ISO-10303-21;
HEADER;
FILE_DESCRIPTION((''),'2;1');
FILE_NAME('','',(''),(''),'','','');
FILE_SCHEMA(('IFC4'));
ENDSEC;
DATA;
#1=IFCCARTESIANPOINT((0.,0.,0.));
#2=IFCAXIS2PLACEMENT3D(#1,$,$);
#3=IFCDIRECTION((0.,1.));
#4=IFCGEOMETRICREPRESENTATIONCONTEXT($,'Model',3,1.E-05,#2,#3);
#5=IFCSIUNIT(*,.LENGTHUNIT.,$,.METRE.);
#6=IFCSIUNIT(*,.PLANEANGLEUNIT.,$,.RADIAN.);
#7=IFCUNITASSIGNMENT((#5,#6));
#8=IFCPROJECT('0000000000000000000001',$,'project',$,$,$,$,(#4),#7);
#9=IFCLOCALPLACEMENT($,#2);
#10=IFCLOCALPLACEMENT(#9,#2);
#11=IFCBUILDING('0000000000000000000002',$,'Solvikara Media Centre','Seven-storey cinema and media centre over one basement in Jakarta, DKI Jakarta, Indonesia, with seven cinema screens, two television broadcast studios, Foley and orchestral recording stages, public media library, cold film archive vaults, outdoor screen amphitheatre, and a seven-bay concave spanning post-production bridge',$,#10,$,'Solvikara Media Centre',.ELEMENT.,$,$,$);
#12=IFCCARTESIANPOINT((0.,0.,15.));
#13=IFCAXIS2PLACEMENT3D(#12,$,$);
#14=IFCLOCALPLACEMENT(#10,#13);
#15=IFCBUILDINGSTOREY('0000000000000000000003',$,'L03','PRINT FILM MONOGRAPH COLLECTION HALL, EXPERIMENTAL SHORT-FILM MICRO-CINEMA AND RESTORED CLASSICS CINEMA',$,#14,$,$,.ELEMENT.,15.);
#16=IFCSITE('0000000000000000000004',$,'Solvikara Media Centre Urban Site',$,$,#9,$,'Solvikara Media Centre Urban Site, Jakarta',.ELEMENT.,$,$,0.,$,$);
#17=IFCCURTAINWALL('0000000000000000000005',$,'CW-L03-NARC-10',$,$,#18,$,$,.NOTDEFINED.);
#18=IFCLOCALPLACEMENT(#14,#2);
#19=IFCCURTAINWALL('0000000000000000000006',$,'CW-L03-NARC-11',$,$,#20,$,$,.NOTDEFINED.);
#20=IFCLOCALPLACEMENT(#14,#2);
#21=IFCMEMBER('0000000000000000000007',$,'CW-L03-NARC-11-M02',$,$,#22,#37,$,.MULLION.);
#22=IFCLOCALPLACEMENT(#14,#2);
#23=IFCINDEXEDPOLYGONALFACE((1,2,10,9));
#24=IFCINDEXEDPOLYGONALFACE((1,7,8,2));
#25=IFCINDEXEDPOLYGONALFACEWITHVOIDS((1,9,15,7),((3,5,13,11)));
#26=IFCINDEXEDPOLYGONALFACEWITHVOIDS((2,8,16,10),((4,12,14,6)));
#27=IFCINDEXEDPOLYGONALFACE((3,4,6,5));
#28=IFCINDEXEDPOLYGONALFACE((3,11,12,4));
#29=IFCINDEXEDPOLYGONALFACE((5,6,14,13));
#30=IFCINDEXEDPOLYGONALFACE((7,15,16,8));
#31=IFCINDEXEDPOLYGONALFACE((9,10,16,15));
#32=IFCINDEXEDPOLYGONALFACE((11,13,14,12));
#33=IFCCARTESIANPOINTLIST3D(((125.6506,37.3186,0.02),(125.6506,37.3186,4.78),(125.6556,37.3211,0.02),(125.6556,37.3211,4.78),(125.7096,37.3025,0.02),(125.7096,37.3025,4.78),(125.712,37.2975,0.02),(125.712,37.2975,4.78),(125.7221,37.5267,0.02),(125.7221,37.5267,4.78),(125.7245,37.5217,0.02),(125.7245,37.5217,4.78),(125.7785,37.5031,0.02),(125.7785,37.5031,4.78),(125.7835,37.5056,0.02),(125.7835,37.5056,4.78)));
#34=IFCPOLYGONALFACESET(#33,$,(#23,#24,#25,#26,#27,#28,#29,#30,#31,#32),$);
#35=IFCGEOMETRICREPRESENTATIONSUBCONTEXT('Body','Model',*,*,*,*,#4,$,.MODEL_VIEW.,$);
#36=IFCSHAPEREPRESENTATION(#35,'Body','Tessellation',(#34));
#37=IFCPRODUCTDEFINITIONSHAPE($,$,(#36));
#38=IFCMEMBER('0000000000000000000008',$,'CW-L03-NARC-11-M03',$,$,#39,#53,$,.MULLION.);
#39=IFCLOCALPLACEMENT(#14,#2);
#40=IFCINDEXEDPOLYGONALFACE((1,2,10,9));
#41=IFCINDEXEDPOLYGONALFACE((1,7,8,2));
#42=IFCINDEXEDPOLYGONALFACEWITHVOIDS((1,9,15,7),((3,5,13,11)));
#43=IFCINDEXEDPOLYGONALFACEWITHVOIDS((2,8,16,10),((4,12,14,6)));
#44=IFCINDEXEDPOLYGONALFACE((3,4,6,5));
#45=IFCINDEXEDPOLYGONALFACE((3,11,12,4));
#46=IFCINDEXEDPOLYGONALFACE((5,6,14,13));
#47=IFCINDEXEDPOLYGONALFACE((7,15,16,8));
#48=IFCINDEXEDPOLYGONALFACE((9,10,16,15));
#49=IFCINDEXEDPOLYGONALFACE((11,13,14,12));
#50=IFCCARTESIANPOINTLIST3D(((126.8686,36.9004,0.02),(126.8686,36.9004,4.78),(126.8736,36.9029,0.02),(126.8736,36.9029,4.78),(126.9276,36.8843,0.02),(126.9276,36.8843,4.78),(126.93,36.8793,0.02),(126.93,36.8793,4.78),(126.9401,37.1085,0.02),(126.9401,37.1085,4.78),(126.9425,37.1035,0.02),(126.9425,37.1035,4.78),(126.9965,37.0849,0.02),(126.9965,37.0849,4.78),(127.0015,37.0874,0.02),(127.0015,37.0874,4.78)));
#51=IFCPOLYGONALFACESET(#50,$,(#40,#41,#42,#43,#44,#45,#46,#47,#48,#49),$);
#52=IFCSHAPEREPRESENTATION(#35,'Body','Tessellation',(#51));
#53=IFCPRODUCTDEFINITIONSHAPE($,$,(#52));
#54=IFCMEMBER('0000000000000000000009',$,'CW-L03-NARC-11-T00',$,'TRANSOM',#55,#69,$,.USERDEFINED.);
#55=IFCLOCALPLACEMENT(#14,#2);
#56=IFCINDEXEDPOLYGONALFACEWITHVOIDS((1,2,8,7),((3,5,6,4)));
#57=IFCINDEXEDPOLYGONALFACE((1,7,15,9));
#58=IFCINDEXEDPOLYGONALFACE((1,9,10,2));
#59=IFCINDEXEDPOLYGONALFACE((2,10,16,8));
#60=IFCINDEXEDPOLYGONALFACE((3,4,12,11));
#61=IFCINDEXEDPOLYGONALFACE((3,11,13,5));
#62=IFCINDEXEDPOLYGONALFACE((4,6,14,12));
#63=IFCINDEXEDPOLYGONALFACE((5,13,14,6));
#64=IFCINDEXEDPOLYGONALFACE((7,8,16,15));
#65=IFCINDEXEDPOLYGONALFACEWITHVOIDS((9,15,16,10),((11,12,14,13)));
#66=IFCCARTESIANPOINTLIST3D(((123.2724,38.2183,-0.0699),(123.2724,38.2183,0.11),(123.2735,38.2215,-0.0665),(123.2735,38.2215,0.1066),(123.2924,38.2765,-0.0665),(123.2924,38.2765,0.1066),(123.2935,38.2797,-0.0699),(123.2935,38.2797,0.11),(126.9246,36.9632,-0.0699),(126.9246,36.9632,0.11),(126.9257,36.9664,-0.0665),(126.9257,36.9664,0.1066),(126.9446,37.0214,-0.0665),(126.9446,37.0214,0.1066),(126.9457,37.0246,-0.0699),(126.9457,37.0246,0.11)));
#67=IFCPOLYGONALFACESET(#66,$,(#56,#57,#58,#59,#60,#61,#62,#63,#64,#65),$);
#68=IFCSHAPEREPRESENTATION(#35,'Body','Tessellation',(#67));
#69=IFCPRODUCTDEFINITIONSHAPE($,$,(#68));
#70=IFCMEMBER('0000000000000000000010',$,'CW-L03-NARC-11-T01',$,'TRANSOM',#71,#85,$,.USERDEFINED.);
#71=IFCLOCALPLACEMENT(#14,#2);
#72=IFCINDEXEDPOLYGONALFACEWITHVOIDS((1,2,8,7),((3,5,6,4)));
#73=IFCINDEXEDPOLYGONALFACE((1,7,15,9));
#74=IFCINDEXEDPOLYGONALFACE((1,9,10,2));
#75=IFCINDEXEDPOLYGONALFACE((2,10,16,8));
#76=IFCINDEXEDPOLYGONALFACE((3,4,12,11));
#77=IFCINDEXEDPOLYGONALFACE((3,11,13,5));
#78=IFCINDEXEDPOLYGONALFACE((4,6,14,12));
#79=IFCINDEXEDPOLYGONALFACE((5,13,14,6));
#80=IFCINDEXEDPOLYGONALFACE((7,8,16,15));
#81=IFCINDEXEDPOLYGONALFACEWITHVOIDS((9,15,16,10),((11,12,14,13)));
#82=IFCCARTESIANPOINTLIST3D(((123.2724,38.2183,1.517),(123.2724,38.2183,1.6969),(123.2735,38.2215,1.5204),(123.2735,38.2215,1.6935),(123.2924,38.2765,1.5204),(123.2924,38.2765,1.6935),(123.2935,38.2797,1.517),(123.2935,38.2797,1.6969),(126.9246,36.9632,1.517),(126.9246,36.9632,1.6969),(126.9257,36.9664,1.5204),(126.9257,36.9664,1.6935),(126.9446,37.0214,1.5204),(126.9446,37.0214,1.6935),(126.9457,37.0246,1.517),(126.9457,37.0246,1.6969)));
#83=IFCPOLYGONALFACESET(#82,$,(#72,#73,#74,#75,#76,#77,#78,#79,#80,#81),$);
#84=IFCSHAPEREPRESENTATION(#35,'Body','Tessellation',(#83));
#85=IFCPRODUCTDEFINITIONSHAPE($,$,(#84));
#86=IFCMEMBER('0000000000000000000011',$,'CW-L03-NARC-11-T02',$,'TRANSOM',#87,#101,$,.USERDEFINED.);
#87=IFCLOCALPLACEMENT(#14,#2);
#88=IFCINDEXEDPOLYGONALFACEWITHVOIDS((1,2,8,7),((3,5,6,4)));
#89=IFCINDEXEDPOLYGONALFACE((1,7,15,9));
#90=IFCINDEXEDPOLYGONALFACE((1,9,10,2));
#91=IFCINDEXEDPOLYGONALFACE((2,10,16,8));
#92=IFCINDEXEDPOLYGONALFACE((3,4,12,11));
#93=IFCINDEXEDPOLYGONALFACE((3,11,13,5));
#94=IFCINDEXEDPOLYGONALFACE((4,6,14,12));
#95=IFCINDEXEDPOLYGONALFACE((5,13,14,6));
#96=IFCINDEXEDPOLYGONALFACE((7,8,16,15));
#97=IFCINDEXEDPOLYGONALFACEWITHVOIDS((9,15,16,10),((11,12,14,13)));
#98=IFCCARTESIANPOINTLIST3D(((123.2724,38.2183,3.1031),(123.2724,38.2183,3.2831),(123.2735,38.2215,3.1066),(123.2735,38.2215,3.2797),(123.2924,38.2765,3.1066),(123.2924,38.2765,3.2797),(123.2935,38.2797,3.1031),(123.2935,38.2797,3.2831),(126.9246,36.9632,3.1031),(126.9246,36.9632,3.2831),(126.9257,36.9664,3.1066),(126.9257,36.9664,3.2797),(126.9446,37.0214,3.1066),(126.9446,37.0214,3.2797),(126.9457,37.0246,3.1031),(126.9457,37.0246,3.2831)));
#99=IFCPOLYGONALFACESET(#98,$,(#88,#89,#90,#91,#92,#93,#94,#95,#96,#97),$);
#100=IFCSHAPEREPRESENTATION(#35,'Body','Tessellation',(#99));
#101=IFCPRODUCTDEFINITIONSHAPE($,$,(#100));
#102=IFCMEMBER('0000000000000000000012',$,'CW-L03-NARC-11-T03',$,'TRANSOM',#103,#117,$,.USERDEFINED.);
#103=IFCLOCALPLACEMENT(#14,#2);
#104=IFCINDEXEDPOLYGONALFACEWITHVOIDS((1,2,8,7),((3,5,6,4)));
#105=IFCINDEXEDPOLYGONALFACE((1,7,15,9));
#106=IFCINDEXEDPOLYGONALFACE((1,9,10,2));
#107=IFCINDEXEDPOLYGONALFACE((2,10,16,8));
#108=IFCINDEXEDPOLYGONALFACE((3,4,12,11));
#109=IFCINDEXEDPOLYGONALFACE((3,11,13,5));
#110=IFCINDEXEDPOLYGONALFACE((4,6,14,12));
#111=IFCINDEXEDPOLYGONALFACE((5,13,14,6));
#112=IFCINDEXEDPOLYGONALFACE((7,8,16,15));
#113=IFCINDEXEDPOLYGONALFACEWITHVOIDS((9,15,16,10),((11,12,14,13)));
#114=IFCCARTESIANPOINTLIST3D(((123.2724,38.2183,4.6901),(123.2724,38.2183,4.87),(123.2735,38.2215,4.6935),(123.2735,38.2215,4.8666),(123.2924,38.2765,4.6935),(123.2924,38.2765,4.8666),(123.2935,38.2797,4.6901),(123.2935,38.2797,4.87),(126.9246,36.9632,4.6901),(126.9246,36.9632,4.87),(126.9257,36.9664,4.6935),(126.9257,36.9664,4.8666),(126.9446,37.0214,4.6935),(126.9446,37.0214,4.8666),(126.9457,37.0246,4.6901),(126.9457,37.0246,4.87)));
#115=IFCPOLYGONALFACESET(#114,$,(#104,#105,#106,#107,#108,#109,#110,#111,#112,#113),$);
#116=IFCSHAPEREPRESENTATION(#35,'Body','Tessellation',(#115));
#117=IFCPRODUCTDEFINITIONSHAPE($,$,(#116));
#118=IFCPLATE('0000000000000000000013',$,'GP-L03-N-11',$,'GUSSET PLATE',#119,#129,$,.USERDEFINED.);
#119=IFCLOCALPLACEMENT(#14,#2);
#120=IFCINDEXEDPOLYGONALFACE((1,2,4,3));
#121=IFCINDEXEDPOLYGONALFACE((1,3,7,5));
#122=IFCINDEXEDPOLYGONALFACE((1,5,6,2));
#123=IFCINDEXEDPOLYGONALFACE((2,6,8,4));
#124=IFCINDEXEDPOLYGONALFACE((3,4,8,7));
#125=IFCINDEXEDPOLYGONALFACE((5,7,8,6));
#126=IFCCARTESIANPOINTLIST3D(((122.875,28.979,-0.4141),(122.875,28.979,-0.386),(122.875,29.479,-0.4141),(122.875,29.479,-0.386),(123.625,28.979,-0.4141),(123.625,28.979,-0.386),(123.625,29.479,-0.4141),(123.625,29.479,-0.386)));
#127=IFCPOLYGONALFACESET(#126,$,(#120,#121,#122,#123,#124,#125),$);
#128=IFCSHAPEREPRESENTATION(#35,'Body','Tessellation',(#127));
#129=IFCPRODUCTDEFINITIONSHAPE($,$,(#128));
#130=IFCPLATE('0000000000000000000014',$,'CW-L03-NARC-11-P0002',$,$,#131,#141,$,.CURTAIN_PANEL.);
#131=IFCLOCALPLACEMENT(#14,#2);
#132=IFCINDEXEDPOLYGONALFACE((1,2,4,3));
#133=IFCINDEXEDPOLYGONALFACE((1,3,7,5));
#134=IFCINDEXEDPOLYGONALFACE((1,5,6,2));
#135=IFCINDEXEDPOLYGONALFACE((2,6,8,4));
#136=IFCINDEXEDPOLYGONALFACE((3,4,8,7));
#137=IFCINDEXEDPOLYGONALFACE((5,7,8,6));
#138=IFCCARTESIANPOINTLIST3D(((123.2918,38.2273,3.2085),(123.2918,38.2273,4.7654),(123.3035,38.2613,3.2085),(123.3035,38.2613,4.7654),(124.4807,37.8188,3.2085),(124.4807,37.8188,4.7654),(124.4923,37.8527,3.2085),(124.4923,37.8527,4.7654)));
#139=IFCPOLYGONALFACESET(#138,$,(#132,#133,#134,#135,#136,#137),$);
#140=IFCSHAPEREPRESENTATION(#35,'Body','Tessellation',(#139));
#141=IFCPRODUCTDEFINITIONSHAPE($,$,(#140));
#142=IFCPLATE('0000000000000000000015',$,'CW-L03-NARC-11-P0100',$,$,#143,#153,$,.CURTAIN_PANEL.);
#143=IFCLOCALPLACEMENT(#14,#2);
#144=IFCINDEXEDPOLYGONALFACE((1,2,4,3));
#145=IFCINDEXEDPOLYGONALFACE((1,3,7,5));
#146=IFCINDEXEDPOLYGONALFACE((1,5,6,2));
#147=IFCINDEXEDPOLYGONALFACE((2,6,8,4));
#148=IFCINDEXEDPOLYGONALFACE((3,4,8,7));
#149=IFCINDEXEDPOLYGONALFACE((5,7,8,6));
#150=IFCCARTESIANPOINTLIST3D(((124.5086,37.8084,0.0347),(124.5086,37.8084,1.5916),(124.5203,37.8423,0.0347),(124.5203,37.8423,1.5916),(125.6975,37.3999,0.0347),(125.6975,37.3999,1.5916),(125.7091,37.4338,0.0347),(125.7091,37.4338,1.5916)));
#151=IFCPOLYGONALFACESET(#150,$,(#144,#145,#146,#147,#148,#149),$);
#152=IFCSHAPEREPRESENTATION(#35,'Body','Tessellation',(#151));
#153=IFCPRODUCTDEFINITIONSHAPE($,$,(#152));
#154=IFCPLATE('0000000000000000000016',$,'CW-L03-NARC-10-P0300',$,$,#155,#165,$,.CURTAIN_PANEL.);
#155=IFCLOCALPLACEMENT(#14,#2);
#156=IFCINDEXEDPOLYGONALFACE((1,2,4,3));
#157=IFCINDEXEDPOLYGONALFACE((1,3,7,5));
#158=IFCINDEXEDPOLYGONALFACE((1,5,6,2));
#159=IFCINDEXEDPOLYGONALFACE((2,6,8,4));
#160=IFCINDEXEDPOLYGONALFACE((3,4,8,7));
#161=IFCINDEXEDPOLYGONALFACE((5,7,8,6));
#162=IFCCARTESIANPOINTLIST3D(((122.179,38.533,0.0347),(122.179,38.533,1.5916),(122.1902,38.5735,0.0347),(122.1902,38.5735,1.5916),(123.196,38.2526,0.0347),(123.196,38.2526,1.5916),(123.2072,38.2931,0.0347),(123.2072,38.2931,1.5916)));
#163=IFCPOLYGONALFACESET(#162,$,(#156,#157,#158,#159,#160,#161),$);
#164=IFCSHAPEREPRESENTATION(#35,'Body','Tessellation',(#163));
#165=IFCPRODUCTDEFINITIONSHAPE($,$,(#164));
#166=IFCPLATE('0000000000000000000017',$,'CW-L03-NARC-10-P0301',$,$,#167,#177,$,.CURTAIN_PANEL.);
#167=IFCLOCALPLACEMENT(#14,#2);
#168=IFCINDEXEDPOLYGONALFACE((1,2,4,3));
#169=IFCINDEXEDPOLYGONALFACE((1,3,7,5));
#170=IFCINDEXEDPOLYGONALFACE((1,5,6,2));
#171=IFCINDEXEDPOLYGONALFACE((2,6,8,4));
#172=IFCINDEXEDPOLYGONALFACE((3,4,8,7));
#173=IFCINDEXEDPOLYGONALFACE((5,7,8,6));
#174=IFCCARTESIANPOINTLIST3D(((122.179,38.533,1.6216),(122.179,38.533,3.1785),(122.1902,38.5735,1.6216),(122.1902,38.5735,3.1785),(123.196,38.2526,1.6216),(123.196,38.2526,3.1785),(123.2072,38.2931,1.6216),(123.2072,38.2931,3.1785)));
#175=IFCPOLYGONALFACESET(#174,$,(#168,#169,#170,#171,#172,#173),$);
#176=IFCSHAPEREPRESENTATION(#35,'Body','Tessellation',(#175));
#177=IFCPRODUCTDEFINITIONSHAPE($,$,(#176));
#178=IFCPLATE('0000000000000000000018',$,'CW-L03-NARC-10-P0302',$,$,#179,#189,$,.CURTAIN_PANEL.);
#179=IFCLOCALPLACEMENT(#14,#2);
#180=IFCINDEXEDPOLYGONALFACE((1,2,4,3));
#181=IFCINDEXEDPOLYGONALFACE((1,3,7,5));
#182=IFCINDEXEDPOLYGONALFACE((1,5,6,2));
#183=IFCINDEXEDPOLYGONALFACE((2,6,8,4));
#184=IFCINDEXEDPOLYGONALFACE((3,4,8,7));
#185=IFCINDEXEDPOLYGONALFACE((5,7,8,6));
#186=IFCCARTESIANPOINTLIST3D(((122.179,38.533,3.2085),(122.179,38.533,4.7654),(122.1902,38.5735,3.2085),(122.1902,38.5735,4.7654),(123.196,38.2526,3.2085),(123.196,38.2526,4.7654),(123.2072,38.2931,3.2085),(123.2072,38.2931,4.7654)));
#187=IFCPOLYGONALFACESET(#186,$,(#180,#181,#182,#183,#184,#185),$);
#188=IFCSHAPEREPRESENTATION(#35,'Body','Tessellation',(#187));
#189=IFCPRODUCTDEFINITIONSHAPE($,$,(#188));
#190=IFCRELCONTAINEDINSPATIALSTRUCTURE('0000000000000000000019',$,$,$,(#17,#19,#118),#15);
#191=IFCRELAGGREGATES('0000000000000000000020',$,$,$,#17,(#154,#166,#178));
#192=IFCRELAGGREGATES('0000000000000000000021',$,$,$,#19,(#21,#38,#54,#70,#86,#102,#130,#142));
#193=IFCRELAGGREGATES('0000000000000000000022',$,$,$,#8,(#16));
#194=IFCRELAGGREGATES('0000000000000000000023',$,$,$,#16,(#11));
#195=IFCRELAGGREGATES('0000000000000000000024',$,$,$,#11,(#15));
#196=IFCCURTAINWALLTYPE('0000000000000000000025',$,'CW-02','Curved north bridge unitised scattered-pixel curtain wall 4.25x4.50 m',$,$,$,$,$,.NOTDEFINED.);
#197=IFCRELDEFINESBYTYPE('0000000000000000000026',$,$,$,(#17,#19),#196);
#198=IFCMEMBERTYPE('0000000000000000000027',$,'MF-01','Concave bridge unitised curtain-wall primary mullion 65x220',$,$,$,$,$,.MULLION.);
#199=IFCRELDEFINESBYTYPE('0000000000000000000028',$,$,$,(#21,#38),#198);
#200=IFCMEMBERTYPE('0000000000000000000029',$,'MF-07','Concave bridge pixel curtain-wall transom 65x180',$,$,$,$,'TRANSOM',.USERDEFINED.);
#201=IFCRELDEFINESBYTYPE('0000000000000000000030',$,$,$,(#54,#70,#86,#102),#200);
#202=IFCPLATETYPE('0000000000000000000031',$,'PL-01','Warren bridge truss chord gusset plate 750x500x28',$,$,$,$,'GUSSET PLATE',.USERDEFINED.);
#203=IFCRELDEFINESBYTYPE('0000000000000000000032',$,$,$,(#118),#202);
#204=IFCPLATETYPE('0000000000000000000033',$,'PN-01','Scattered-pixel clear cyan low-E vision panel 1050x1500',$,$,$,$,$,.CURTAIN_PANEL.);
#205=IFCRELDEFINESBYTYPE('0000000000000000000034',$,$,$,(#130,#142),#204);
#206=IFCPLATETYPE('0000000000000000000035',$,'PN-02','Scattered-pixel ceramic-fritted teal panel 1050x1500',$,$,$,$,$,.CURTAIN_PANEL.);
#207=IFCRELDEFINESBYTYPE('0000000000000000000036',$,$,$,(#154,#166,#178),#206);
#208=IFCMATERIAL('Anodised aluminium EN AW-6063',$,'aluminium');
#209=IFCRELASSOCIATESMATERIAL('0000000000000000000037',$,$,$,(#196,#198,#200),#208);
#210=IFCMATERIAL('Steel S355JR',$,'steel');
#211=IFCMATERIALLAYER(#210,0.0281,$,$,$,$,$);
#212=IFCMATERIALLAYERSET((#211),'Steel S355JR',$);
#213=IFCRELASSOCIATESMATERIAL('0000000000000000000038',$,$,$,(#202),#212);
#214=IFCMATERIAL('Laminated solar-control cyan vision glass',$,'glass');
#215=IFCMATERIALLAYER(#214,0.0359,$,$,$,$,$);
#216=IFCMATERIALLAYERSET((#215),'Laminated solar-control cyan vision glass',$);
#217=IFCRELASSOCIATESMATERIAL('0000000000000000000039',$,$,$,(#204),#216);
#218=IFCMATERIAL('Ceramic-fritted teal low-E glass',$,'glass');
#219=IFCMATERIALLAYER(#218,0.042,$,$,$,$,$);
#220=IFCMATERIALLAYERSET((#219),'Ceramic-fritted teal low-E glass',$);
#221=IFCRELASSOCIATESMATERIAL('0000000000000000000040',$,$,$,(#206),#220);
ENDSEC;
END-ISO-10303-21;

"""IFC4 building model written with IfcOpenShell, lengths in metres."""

from ifc_helpers import new_model, si_unit, direction, frame, origin, origin_2d, place, context, subcontext, project, spatial, rectangle, hollow_rectangle, extrude, material, layer, layer_set, material_profile, profile_set, type_object, element, aggregate, save


model = new_model("IFC4")

# Units and contexts
model_context = context("Model", 3, precision=1e-05, world=origin(), true_north=direction((0.0, 1.0)))
body_context = subcontext(model_context, "Body", "Model", "MODEL_VIEW")
ifc_project = project(units=[si_unit("LENGTHUNIT", "METRE"), si_unit("PLANEANGLEUNIT", "RADIAN")], contexts=[model_context])

# Site, building, storey
site_placement = place(None, origin())
site = spatial("IfcSite", under=ifc_project, at=site_placement, Name="Solvikara Media Centre Urban Site", LongName="Solvikara Media Centre Urban Site, Jakarta", CompositionType="ELEMENT", RefElevation=0.0)
building_placement = place(site_placement, origin())
building = spatial("IfcBuilding", under=site, at=building_placement, Name="Solvikara Media Centre", Description="Seven-storey cinema and media centre over one basement in Jakarta, DKI Jakarta, Indonesia, with seven cinema screens, two television broadcast studios, Foley and orchestral recording stages, public media library, cold film archive vaults, outdoor screen amphitheatre, and a seven-bay concave spanning post-production bridge", LongName="Solvikara Media Centre", CompositionType="ELEMENT")
storey_placement = place(building_placement, frame((0.0, 0.0, 15.0)))
storey = spatial("IfcBuildingStorey", under=building, at=storey_placement, Name="L03", Description="PRINT FILM MONOGRAPH COLLECTION HALL, EXPERIMENTAL SHORT-FILM MICRO-CINEMA AND RESTORED CLASSICS CINEMA", CompositionType="ELEMENT", Elevation=15.0)

# Shared definitions
ifc_material_1 = material(Name="Steel S355JR", Category="steel")

# Curtain walls, members
ifc_material_2 = material(Name="Anodised aluminium EN AW-6063", Category="aluminium")
curtain_wall_type = type_object("IfcCurtainWallType", Name="CW-02", Description="Curved north bridge unitised scattered-pixel curtain wall 4.25x4.50 m", PredefinedType="NOTDEFINED", material=ifc_material_2)
curtain_wall_1_placement = place(storey_placement, origin())
curtain_wall_1 = element("IfcCurtainWall", 1, at=curtain_wall_1_placement, inside=storey, type_object=curtain_wall_type, Name="CW-L03-NARC-10", PredefinedType="NOTDEFINED")
ifc_material_profile_1 = material_profile(ifc_material_2, hollow_rectangle(XDim=0.0649, YDim=0.22, WallThickness=0.0039, at=origin_2d()), Name="ALU-M 65x220x4")
ifc_profile_set_1 = profile_set([ifc_material_profile_1], Name="Anodised aluminium EN AW-6063")
member_type_1 = type_object("IfcMemberType", Name="MF-01", Description="Concave bridge unitised curtain-wall primary mullion 65x220", PredefinedType="MULLION", material=ifc_profile_set_1)
curtain_wall_2_placement = place(storey_placement, origin())
curtain_wall_2 = element("IfcCurtainWall", 2, at=curtain_wall_2_placement, inside=storey, type_object=curtain_wall_type, Name="CW-L03-NARC-11", PredefinedType="NOTDEFINED")
member_1_placement = place(storey_placement, frame((125.717, 37.4121, 0.02), z_axis=(0.0, 0.0, 1.0), x_axis=(0.945717, -0.324991, 0.0)))
member_1 = element("IfcMember", 3, at=member_1_placement, type_object=member_type_1, Name="CW-L03-NARC-11-M02", PredefinedType="MULLION", context=body_context, shape_type="SweptSolid", body=[
    extrude(hollow_rectangle(XDim=0.0649, YDim=0.22, WallThickness=0.0039, at=origin_2d()), origin(), (0.0, 0.0, 1.0), 4.76),
])
member_2_placement = place(storey_placement, frame((126.9351, 36.9939, 0.02), z_axis=(0.0, 0.0, 1.0), x_axis=(0.945717, -0.324991, 0.0)))
member_2 = element("IfcMember", 4, at=member_2_placement, type_object=member_type_1, Name="CW-L03-NARC-11-M03", PredefinedType="MULLION", context=body_context, shape_type="SweptSolid", body=[
    extrude(hollow_rectangle(XDim=0.0649, YDim=0.22, WallThickness=0.0039, at=origin_2d()), origin(), (0.0, 0.0, 1.0), 4.76),
])
ifc_material_profile_2 = material_profile(ifc_material_2, hollow_rectangle(XDim=0.0649, YDim=0.1799, WallThickness=0.0034, at=origin_2d()), Name="ALU-T 65x180x3.5")
ifc_profile_set_2 = profile_set([ifc_material_profile_2], Name="Anodised aluminium EN AW-6063")
member_type_2 = type_object("IfcMemberType", Name="MF-07", Description="Concave bridge pixel curtain-wall transom 65x180", ElementType="TRANSOM", PredefinedType="USERDEFINED", material=ifc_profile_set_2)
member_3_placement = place(storey_placement, frame((123.283, 38.249, 0.02), z_axis=(0.945709, -0.325014, 0.0), x_axis=(0.325014, 0.945709, 0.0)))
member_3 = element("IfcMember", 5, at=member_3_placement, type_object=member_type_2, Name="CW-L03-NARC-11-T00", ObjectType="TRANSOM", PredefinedType="USERDEFINED", context=body_context, shape_type="SweptSolid", body=[
    extrude(hollow_rectangle(XDim=0.0649, YDim=0.1799, WallThickness=0.0034, at=origin_2d()), origin(), (0.0, 0.0, 1.0), 3.8618),
])
member_4_placement = place(storey_placement, frame((123.283, 38.249, 1.6069), z_axis=(0.945709, -0.325014, 0.0), x_axis=(0.325014, 0.945709, 0.0)))
member_4 = element("IfcMember", 6, at=member_4_placement, type_object=member_type_2, Name="CW-L03-NARC-11-T01", ObjectType="TRANSOM", PredefinedType="USERDEFINED", context=body_context, shape_type="SweptSolid", body=[
    extrude(hollow_rectangle(XDim=0.0649, YDim=0.1799, WallThickness=0.0034, at=origin_2d()), origin(), (0.0, 0.0, 1.0), 3.8618),
])
member_5_placement = place(storey_placement, frame((123.283, 38.249, 3.1931), z_axis=(0.945709, -0.325014, 0.0), x_axis=(0.325014, 0.945709, 0.0)))
member_5 = element("IfcMember", 7, at=member_5_placement, type_object=member_type_2, Name="CW-L03-NARC-11-T02", ObjectType="TRANSOM", PredefinedType="USERDEFINED", context=body_context, shape_type="SweptSolid", body=[
    extrude(hollow_rectangle(XDim=0.0649, YDim=0.1799, WallThickness=0.0034, at=origin_2d()), origin(), (0.0, 0.0, 1.0), 3.8618),
])
member_6_placement = place(storey_placement, frame((123.283, 38.249, 4.78), z_axis=(0.945709, -0.325014, 0.0), x_axis=(0.325014, 0.945709, 0.0)))
member_6 = element("IfcMember", 8, at=member_6_placement, type_object=member_type_2, Name="CW-L03-NARC-11-T03", ObjectType="TRANSOM", PredefinedType="USERDEFINED", context=body_context, shape_type="SweptSolid", body=[
    extrude(hollow_rectangle(XDim=0.0649, YDim=0.1799, WallThickness=0.0034, at=origin_2d()), origin(), (0.0, 0.0, 1.0), 3.8618),
])

# Plates
ifc_layer_1 = layer(ifc_material_1, 0.0281)
ifc_layer_set_1 = layer_set([ifc_layer_1], Name="Steel S355JR")
plate_type_1 = type_object("IfcPlateType", Name="PL-01", Description="Warren bridge truss chord gusset plate 750x500x28", ElementType="GUSSET PLATE", PredefinedType="USERDEFINED", material=ifc_layer_set_1)
plate_1_placement = place(storey_placement, frame((123.25, 29.229, -0.4141), z_axis=(0.0, 0.0, 1.0), x_axis=(1.0, 0.0, 0.0)))
element("IfcPlate", 9, at=plate_1_placement, inside=storey, type_object=plate_type_1, Name="GP-L03-N-11", ObjectType="GUSSET PLATE", PredefinedType="USERDEFINED", context=body_context, shape_type="SweptSolid", body=[
    extrude(rectangle(XDim=0.75, YDim=0.5, at=origin_2d()), origin(), (0.0, 0.0, 1.0), 0.0281),
])
ifc_material_3 = material(Name="Laminated solar-control cyan vision glass", Category="glass")
ifc_layer_2 = layer(ifc_material_3, 0.0359)
ifc_layer_set_2 = layer_set([ifc_layer_2], Name="Laminated solar-control cyan vision glass")
plate_type_2 = type_object("IfcPlateType", Name="PN-01", Description="Scattered-pixel clear cyan low-E vision panel 1050x1500", PredefinedType="CURTAIN_PANEL", material=ifc_layer_set_2)
plate_2_placement = place(storey_placement, frame((123.8921, 38.04, 3.2085), z_axis=(0.0, 0.0, 1.0), x_axis=(0.945717, -0.324991, 0.0)))
plate_2 = element("IfcPlate", 10, at=plate_2_placement, type_object=plate_type_2, Name="CW-L03-NARC-11-P0002", PredefinedType="CURTAIN_PANEL", context=body_context, shape_type="SweptSolid", body=[
    extrude(rectangle(XDim=1.2571, YDim=0.0359, at=origin_2d()), origin(), (0.0, 0.0, 1.0), 1.5569),
])
plate_3_placement = place(storey_placement, frame((125.1089, 37.6211, 0.0347), z_axis=(0.0, 0.0, 1.0), x_axis=(0.945717, -0.324991, 0.0)))
plate_3 = element("IfcPlate", 11, at=plate_3_placement, type_object=plate_type_2, Name="CW-L03-NARC-11-P0100", PredefinedType="CURTAIN_PANEL", context=body_context, shape_type="SweptSolid", body=[
    extrude(rectangle(XDim=1.2571, YDim=0.0359, at=origin_2d()), origin(), (0.0, 0.0, 1.0), 1.5569),
])
ifc_material_4 = material(Name="Ceramic-fritted teal low-E glass", Category="glass")
ifc_layer_3 = layer(ifc_material_4, 0.042)
ifc_layer_set_3 = layer_set([ifc_layer_3], Name="Ceramic-fritted teal low-E glass")
plate_type_3 = type_object("IfcPlateType", Name="PN-02", Description="Scattered-pixel ceramic-fritted teal panel 1050x1500", PredefinedType="CURTAIN_PANEL", material=ifc_layer_set_3)
plate_4_placement = place(storey_placement, frame((122.6931, 38.4131, 0.0347), z_axis=(0.0, 0.0, 1.0), x_axis=(0.96403, -0.265792, 0.0)))
plate_4 = element("IfcPlate", 12, at=plate_4_placement, type_object=plate_type_3, Name="CW-L03-NARC-10-P0300", PredefinedType="CURTAIN_PANEL", context=body_context, shape_type="SweptSolid", body=[
    extrude(rectangle(XDim=1.0549, YDim=0.042, at=origin_2d()), origin(), (0.0, 0.0, 1.0), 1.5569),
])
plate_5_placement = place(storey_placement, frame((122.6931, 38.4131, 1.6216), z_axis=(0.0, 0.0, 1.0), x_axis=(0.96403, -0.265792, 0.0)))
plate_5 = element("IfcPlate", 13, at=plate_5_placement, type_object=plate_type_3, Name="CW-L03-NARC-10-P0301", PredefinedType="CURTAIN_PANEL", context=body_context, shape_type="SweptSolid", body=[
    extrude(rectangle(XDim=1.0549, YDim=0.042, at=origin_2d()), origin(), (0.0, 0.0, 1.0), 1.5569),
])
plate_6_placement = place(storey_placement, frame((122.6931, 38.4131, 3.2085), z_axis=(0.0, 0.0, 1.0), x_axis=(0.96403, -0.265792, 0.0)))
plate_6 = element("IfcPlate", 14, at=plate_6_placement, type_object=plate_type_3, Name="CW-L03-NARC-10-P0302", PredefinedType="CURTAIN_PANEL", context=body_context, shape_type="SweptSolid", body=[
    extrude(rectangle(XDim=1.0549, YDim=0.042, at=origin_2d()), origin(), (0.0, 0.0, 1.0), 1.5569),
])
aggregate(curtain_wall_1, [plate_4, plate_5, plate_6])
aggregate(curtain_wall_2, [member_1, member_2, member_3, member_4, member_5, member_6, plate_2, plate_3])

save(model, "model.ifc")
